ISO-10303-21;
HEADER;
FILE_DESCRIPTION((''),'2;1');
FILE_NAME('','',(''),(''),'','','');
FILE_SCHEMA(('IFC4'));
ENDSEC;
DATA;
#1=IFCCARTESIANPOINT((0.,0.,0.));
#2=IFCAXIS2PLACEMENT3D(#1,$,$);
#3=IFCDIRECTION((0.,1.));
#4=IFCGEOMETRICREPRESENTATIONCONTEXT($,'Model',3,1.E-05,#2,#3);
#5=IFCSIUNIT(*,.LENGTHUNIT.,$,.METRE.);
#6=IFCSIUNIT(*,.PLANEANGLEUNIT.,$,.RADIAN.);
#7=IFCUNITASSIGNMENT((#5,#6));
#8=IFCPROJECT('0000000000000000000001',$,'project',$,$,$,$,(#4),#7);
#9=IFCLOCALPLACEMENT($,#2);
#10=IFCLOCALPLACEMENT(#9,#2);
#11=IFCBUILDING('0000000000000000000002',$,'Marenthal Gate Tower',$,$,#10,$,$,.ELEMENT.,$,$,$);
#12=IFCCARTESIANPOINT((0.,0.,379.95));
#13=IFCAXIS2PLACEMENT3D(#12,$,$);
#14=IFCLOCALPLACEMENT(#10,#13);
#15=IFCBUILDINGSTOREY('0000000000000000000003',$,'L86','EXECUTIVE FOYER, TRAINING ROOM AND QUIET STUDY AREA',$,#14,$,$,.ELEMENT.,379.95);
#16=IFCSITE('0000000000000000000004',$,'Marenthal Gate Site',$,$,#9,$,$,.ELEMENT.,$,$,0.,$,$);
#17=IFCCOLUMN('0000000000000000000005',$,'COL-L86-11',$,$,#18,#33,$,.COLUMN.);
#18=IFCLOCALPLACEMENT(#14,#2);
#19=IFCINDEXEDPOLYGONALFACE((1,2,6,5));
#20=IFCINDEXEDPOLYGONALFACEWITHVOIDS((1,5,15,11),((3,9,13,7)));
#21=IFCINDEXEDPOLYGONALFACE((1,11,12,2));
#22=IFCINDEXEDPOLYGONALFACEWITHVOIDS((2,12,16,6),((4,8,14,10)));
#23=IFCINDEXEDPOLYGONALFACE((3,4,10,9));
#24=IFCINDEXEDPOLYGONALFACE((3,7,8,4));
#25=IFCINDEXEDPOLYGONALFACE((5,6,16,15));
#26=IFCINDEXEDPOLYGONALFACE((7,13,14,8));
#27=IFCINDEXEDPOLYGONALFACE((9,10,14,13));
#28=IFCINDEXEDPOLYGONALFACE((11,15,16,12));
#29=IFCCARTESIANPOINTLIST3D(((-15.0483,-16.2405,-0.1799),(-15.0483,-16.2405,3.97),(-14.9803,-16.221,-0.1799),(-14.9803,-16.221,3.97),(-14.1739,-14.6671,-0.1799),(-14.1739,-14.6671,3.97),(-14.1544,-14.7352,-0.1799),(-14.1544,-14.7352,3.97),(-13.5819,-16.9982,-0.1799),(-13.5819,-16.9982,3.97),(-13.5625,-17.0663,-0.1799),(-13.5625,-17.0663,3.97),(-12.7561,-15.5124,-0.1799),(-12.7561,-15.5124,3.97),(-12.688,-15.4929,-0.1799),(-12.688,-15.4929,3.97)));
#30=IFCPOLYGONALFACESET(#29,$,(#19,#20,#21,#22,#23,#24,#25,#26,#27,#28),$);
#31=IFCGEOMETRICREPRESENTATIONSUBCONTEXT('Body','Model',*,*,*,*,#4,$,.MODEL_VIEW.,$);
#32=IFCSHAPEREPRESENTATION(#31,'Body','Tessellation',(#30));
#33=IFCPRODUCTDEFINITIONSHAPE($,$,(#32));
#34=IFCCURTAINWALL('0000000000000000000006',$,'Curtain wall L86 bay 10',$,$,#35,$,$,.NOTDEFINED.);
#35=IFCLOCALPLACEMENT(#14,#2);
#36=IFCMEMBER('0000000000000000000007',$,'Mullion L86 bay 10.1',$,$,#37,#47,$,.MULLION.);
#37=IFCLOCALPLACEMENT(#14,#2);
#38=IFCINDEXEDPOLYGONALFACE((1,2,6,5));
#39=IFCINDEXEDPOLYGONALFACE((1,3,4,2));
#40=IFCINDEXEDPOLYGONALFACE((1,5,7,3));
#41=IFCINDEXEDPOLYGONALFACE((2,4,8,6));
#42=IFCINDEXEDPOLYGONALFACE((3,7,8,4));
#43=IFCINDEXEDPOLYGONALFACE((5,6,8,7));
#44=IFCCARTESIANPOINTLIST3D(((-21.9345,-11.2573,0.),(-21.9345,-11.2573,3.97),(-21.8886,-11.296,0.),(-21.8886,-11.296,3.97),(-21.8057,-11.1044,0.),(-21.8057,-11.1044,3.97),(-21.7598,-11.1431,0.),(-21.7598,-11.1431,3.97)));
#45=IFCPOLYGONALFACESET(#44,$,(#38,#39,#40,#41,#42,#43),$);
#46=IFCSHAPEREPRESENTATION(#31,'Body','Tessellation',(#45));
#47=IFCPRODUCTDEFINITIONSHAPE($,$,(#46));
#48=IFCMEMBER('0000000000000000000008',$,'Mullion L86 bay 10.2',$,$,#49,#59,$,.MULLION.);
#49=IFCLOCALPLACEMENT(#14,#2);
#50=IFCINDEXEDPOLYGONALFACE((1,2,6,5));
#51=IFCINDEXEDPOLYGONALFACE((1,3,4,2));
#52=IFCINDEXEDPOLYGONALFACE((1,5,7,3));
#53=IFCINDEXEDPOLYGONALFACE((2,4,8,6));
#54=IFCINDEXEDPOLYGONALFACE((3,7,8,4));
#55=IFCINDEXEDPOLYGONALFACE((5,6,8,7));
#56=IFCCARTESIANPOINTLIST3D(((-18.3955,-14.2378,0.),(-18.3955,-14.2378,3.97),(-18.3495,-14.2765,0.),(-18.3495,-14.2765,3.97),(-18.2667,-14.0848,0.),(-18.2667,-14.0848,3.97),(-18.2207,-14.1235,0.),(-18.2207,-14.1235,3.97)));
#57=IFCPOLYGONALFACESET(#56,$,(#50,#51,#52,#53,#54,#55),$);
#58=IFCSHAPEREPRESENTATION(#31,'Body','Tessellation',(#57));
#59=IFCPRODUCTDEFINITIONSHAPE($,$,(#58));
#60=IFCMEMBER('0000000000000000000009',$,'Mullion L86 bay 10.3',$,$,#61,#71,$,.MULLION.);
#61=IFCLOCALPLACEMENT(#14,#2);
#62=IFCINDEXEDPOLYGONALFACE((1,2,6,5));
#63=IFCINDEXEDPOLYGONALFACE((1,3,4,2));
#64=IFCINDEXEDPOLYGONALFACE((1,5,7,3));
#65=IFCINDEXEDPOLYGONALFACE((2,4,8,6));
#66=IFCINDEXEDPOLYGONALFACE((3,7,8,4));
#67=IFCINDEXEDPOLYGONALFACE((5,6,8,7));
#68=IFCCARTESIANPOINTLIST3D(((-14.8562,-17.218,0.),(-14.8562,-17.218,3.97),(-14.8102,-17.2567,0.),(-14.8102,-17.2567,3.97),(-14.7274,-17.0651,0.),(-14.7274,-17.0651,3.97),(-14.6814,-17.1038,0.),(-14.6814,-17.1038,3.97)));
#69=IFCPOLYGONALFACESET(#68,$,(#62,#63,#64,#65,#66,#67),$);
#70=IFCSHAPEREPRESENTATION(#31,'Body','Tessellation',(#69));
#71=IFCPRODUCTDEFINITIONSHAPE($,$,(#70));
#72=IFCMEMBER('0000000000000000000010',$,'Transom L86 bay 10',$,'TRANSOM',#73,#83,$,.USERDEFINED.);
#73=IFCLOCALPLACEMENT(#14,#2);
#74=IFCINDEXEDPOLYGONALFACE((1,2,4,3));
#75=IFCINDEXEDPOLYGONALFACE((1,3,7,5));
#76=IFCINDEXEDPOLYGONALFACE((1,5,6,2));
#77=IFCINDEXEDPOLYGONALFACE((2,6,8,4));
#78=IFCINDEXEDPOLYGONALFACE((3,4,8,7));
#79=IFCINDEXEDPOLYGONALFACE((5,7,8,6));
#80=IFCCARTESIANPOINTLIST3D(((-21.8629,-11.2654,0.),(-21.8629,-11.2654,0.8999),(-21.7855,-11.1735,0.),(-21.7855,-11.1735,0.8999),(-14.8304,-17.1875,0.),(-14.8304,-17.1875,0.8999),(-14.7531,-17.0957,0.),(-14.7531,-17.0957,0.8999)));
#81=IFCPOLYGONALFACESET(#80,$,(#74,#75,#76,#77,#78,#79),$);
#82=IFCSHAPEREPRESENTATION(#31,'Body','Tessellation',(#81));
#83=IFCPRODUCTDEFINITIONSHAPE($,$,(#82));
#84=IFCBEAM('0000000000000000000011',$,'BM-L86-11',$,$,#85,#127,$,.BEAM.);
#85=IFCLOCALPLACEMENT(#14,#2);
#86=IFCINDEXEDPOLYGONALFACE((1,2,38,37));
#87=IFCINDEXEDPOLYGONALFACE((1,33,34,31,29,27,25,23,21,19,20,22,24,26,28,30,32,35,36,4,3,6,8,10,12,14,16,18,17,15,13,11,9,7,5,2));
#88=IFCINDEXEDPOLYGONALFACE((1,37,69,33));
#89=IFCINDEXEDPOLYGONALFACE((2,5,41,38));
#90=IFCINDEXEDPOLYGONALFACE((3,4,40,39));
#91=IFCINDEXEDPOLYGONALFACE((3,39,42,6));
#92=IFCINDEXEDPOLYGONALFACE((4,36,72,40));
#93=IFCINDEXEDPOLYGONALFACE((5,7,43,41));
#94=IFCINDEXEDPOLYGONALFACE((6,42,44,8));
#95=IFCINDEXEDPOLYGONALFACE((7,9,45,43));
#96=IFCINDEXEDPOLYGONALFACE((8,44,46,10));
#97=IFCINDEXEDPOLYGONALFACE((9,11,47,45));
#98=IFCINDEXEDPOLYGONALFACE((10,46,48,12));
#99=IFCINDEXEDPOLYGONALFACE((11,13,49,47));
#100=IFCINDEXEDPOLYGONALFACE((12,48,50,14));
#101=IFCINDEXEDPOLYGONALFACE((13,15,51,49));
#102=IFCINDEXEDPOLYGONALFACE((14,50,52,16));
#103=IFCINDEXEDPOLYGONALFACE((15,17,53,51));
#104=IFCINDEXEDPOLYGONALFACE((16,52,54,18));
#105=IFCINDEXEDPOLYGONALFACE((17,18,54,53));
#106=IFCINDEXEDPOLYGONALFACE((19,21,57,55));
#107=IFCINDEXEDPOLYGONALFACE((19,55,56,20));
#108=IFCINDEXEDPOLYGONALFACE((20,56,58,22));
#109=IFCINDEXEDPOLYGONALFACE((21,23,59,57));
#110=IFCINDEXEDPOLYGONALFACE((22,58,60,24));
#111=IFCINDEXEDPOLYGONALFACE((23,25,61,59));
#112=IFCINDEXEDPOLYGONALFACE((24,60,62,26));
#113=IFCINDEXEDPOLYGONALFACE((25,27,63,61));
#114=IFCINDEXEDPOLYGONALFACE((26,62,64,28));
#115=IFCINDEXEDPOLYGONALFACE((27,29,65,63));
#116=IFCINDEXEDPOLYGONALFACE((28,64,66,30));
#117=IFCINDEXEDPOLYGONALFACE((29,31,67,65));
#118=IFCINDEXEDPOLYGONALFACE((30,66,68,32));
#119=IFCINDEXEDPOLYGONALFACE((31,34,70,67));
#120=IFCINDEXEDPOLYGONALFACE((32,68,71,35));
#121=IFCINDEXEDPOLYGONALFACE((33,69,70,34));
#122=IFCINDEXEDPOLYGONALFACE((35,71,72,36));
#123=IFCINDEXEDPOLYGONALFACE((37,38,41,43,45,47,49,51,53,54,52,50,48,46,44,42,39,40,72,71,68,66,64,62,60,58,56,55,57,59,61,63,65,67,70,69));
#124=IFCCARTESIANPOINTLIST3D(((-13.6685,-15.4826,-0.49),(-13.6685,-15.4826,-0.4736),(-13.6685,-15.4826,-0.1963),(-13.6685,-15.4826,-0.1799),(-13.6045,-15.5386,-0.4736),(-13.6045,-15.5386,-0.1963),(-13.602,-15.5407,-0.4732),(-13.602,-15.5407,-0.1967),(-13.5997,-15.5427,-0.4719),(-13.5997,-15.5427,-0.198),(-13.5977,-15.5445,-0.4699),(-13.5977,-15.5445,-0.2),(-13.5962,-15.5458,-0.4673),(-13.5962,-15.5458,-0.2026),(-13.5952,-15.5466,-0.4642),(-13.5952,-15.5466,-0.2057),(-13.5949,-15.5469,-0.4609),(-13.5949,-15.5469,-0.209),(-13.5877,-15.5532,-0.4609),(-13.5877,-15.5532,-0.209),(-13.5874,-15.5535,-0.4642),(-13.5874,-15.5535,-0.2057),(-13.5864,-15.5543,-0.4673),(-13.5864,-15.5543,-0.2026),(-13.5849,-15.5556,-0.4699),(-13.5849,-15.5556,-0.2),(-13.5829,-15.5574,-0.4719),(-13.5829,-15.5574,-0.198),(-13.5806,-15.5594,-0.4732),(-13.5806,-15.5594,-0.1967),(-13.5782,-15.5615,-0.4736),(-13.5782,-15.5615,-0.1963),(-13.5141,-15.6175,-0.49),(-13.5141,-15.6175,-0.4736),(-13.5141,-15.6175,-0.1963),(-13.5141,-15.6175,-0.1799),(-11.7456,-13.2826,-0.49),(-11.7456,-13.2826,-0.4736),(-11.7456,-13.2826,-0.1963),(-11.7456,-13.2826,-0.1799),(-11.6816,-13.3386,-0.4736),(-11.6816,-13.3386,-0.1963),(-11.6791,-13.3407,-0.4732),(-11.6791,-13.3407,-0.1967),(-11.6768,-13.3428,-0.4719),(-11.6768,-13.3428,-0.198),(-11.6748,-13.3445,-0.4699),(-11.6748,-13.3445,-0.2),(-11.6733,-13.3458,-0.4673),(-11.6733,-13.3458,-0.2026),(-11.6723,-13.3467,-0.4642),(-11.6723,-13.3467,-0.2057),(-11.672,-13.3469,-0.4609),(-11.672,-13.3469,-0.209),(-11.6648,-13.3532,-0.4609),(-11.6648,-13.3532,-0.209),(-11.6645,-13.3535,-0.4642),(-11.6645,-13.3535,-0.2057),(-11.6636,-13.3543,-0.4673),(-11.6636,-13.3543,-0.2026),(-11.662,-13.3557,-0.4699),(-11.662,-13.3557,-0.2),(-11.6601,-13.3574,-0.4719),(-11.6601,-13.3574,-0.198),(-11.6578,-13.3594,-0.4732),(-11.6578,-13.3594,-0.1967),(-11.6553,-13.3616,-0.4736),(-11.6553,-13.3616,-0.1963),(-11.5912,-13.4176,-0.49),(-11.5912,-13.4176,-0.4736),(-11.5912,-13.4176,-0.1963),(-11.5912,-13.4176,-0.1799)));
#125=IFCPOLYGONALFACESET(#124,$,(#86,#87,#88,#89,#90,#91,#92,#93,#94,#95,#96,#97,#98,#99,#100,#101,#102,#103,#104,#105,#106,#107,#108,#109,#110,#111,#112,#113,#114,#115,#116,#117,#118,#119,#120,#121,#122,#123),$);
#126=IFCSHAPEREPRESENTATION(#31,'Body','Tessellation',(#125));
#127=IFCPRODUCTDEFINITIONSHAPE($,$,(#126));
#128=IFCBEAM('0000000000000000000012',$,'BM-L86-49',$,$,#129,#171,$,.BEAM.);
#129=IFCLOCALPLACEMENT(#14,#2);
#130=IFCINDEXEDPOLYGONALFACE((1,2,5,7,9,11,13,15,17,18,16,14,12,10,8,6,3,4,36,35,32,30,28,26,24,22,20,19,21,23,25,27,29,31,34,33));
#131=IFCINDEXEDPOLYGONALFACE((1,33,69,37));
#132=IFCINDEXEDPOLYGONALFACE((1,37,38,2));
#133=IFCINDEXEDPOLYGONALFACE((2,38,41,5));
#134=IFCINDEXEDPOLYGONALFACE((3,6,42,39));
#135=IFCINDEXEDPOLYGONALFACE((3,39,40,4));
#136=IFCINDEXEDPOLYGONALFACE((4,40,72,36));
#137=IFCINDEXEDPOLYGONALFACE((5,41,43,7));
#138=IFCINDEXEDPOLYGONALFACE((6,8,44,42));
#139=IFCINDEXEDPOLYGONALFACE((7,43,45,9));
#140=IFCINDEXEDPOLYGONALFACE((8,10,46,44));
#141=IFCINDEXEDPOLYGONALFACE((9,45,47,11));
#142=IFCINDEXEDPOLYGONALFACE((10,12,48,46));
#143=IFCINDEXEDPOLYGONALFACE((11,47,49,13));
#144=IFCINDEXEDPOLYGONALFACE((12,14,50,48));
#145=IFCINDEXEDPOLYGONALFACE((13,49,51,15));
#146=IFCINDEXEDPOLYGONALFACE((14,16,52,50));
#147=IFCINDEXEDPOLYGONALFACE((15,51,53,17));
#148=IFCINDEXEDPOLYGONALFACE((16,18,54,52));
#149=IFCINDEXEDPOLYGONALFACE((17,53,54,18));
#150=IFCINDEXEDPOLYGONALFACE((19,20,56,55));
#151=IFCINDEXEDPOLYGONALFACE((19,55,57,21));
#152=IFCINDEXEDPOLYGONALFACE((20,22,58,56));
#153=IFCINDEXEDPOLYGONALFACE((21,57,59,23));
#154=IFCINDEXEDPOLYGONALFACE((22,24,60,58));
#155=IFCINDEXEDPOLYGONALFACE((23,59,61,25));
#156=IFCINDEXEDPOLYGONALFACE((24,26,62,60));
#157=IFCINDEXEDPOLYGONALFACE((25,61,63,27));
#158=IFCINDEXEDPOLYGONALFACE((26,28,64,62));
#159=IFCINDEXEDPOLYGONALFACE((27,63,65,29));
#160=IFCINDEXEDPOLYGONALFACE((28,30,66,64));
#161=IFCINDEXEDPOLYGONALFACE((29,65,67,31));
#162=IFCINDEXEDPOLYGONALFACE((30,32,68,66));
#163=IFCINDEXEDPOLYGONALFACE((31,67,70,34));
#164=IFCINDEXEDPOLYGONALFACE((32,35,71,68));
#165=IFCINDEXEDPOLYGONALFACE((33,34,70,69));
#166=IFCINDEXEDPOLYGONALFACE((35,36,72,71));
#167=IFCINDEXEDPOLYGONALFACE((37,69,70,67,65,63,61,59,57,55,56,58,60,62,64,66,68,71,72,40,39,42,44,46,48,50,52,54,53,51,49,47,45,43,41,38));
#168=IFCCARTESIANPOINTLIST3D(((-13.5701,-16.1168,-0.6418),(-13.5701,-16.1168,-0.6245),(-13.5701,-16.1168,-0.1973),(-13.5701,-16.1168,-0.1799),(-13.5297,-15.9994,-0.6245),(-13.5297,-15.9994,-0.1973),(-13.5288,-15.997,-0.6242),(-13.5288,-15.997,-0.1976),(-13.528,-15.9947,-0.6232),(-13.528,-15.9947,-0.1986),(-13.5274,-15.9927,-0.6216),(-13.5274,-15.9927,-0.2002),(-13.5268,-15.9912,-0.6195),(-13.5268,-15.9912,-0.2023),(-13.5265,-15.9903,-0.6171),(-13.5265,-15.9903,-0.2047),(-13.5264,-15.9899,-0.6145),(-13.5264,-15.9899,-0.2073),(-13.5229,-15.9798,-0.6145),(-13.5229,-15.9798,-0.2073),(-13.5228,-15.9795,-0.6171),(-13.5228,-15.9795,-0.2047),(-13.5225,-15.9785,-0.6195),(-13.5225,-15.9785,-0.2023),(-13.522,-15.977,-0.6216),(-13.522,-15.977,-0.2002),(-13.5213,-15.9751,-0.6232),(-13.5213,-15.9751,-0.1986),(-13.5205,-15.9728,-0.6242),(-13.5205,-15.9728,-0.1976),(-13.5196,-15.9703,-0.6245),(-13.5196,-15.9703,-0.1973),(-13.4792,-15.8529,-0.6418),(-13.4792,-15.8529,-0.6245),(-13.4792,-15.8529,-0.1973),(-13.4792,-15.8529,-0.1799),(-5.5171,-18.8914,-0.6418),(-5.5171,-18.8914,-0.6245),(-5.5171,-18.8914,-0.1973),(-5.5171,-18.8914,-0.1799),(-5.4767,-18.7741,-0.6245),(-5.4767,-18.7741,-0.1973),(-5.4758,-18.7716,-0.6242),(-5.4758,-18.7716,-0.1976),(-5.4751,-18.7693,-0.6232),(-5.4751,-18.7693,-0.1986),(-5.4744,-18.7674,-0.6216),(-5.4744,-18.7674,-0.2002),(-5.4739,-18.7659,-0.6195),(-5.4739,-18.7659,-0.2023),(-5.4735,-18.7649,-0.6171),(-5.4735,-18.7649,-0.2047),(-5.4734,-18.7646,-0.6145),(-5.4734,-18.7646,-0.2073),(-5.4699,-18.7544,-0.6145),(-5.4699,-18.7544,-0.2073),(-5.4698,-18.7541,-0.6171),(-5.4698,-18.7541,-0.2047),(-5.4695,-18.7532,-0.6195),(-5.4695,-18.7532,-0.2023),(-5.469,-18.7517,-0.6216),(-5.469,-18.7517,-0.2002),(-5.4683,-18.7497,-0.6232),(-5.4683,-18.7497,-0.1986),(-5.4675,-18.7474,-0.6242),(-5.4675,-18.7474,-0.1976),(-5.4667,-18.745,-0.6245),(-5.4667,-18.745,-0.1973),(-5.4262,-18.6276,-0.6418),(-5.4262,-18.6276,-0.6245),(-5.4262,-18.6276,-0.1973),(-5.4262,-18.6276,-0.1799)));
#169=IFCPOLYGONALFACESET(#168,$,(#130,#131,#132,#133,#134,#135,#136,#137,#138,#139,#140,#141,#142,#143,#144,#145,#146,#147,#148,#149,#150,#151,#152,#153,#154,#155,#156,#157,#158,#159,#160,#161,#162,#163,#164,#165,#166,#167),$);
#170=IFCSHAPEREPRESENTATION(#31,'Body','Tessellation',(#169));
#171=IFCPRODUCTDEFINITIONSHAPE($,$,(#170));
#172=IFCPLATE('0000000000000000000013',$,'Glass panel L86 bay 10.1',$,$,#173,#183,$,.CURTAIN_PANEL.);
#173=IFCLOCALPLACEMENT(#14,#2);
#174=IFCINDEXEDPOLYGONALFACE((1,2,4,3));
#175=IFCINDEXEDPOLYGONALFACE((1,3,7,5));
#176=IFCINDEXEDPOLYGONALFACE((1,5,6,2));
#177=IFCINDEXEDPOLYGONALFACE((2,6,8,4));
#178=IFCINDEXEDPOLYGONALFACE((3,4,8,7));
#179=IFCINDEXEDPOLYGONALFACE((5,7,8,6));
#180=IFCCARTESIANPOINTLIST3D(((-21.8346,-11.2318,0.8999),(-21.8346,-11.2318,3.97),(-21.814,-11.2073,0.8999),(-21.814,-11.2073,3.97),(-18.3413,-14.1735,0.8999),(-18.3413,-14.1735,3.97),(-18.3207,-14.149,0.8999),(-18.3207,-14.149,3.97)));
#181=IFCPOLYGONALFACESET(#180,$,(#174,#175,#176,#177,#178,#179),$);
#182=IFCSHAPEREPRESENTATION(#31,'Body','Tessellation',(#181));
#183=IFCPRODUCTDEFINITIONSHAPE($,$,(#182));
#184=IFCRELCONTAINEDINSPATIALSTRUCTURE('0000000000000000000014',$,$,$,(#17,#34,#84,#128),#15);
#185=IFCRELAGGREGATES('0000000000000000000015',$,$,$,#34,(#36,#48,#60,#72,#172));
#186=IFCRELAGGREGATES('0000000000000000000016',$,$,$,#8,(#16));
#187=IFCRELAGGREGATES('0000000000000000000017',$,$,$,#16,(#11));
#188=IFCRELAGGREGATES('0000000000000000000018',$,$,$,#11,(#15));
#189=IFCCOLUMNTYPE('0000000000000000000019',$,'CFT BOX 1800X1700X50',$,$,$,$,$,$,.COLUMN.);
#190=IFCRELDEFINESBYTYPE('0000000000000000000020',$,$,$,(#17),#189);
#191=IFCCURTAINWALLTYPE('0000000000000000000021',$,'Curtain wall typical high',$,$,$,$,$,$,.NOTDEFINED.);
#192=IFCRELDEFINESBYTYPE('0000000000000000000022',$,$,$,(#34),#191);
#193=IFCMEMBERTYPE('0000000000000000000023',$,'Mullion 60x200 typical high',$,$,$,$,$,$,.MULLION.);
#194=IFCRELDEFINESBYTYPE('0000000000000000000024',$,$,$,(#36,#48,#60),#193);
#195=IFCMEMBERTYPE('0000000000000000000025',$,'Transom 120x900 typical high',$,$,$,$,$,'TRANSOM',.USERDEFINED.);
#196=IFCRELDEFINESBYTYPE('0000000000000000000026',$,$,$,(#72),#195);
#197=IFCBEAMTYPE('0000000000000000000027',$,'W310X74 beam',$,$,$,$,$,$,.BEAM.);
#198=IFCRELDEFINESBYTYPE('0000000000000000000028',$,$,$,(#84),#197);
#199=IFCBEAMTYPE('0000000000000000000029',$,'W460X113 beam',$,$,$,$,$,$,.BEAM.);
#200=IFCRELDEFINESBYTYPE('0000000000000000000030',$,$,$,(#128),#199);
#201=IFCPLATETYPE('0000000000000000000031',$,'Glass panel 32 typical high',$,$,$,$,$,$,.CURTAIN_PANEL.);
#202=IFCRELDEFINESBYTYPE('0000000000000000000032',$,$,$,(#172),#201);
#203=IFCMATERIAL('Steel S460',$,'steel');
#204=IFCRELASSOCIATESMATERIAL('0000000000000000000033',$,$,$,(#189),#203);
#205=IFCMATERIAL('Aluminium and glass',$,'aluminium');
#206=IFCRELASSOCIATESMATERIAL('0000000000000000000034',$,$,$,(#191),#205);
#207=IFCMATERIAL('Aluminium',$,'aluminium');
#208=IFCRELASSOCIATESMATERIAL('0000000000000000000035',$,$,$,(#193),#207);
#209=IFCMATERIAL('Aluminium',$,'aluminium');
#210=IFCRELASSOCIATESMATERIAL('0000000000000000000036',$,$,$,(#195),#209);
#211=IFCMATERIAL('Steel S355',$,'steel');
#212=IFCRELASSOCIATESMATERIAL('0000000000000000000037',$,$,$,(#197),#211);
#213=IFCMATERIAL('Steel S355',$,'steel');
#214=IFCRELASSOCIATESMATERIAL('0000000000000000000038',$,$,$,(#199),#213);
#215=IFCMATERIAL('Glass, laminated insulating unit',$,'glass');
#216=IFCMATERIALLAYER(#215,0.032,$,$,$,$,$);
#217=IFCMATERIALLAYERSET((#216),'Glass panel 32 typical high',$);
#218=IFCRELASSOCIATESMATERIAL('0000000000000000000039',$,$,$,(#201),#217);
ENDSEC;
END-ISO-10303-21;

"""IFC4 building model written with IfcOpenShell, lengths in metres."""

from ifc_helpers import new_model, si_unit, direction, frame, origin, origin_2d, place, context, subcontext, project, spatial, rectangle, hollow_rectangle, i_section, extrude, material, layer, layer_set, material_profile, profile_set, type_object, element, aggregate, save


model = new_model("IFC4")

# Units and contexts
model_context = context("Model", 3, precision=1e-05, world=origin(), true_north=direction((0.0, 1.0)))
body_context = subcontext(model_context, "Body", "Model", "MODEL_VIEW")
ifc_project = project(units=[si_unit("LENGTHUNIT", "METRE"), si_unit("PLANEANGLEUNIT", "RADIAN")], contexts=[model_context])

# Site, building, storey
site_placement = place(None, origin())
site = spatial("IfcSite", under=ifc_project, at=site_placement, Name="Marenthal Gate Site", CompositionType="ELEMENT", RefElevation=0.0)
building_placement = place(site_placement, origin())
building = spatial("IfcBuilding", under=site, at=building_placement, Name="Marenthal Gate Tower", CompositionType="ELEMENT")
storey_placement = place(building_placement, frame((0.0, 0.0, 379.95)))
storey = spatial("IfcBuildingStorey", under=building, at=storey_placement, Name="L86", Description="EXECUTIVE FOYER, TRAINING ROOM AND QUIET STUDY AREA", CompositionType="ELEMENT", Elevation=379.95)

# Column
ifc_material_1 = material(Name="Steel S460", Category="steel")
ifc_material_profile_1 = material_profile(ifc_material_1, hollow_rectangle(XDim=1.7, YDim=1.8, WallThickness=0.05, at=origin_2d()), Name="CFT BOX 1800X1700X50")
ifc_material_2 = material(Name="Concrete 70 MPa", Category="concrete")
ifc_material_profile_2 = material_profile(ifc_material_2, rectangle(XDim=1.6001, YDim=1.7, at=origin_2d()), Name="CFT BOX 1800X1700X50 INFILL")
ifc_profile_set_1 = profile_set([ifc_material_profile_1, ifc_material_profile_2], Name="Steel S460 shell, Concrete 70 MPa infill")
column_type = type_object("IfcColumnType", Name="CFT BOX 1800X1700X50", PredefinedType="COLUMN", material=ifc_profile_set_1)
column_placement = place(storey_placement, frame((-13.8682, -15.8667, -0.1799), z_axis=(0.0, 0.0, 1.0), x_axis=(-0.874065, 0.485809, 0.0)))
element("IfcColumn", 1, at=column_placement, inside=storey, type_object=column_type, Name="COL-L86-11", PredefinedType="COLUMN", context=body_context, shape_type="SweptSolid", body=[
    extrude(hollow_rectangle(XDim=1.7, YDim=1.8, WallThickness=0.05, at=origin_2d()), origin(), (0.0, 0.0, 1.0), 4.1499),
])

# Curtain wall, members
ifc_material_3 = material(Name="Aluminium and glass", Category="aluminium")
curtain_wall_type = type_object("IfcCurtainWallType", Name="Curtain wall typical high", PredefinedType="NOTDEFINED", material=ifc_material_3)
curtain_wall_placement = place(storey_placement, origin())
curtain_wall = element("IfcCurtainWall", 2, at=curtain_wall_placement, inside=storey, type_object=curtain_wall_type, Name="Curtain wall L86 bay 10", PredefinedType="NOTDEFINED")
ifc_material_4 = material(Name="Aluminium", Category="aluminium")
ifc_material_profile_3 = material_profile(ifc_material_4, rectangle(XDim=0.2, YDim=0.0601, at=origin_2d()), Name="60x200 aluminium mullion")
ifc_profile_set_2 = profile_set([ifc_material_profile_3], Name="Aluminium")
member_type_1 = type_object("IfcMemberType", Name="Mullion 60x200 typical high", PredefinedType="MULLION", material=ifc_profile_set_2)
member_1_placement = place(storey_placement, frame((-21.8472, -11.2002, 0.0), z_axis=(0.0, 0.0, 1.0), x_axis=(0.644135, 0.764912, 0.0)))
member_1 = element("IfcMember", 3, at=member_1_placement, type_object=member_type_1, Name="Mullion L86 bay 10.1", PredefinedType="MULLION", context=body_context, shape_type="SweptSolid", body=[
    extrude(rectangle(XDim=0.2, YDim=0.0601, at=origin_2d()), origin(), (0.0, 0.0, 1.0), 3.97),
])
member_2_placement = place(storey_placement, frame((-18.3081, -14.1807, 0.0), z_axis=(0.0, 0.0, 1.0), x_axis=(0.644135, 0.764912, 0.0)))
member_2 = element("IfcMember", 4, at=member_2_placement, type_object=member_type_1, Name="Mullion L86 bay 10.2", PredefinedType="MULLION", context=body_context, shape_type="SweptSolid", body=[
    extrude(rectangle(XDim=0.2, YDim=0.0601, at=origin_2d()), origin(), (0.0, 0.0, 1.0), 3.97),
])
member_3_placement = place(storey_placement, frame((-14.7688, -17.1609, 0.0), z_axis=(0.0, 0.0, 1.0), x_axis=(0.644135, 0.764912, 0.0)))
member_3 = element("IfcMember", 5, at=member_3_placement, type_object=member_type_1, Name="Mullion L86 bay 10.3", PredefinedType="MULLION", context=body_context, shape_type="SweptSolid", body=[
    extrude(rectangle(XDim=0.2, YDim=0.0601, at=origin_2d()), origin(), (0.0, 0.0, 1.0), 3.97),
])
ifc_material_5 = material(Name="Aluminium", Category="aluminium")
ifc_material_profile_4 = material_profile(ifc_material_5, rectangle(XDim=0.1201, YDim=0.8999, at=origin_2d()), Name="120x900 aluminium transom")
ifc_profile_set_3 = profile_set([ifc_material_profile_4], Name="Aluminium")
member_type_2 = type_object("IfcMemberType", Name="Transom 120x900 typical high", ElementType="TRANSOM", PredefinedType="USERDEFINED", material=ifc_profile_set_3)
member_4_placement = place(storey_placement, frame((-21.8242, -11.2195, 0.45), z_axis=(0.764909, -0.644138, 0.0), x_axis=(0.644138, 0.764909, 0.0)))
member_4 = element("IfcMember", 6, at=member_4_placement, type_object=member_type_2, Name="Transom L86 bay 10", ObjectType="TRANSOM", PredefinedType="USERDEFINED", context=body_context, shape_type="SweptSolid", body=[
    extrude(rectangle(XDim=0.1201, YDim=0.8999, at=origin_2d()), origin(), (0.0, 0.0, 1.0), 9.1938),
])

# Beams
ifc_material_6 = material(Name="Steel S355", Category="steel")
ifc_material_profile_5 = material_profile(ifc_material_6, i_section(OverallWidth=0.2051, OverallDepth=0.3101, WebThickness=0.0095, FlangeThickness=0.0164, FilletRadius=0.0127, at=origin_2d()), Name="W310X74")
ifc_profile_set_4 = profile_set([ifc_material_profile_5], Name="Steel S355")
beam_type_1 = type_object("IfcBeamType", Name="W310X74 beam", PredefinedType="BEAM", material=ifc_profile_set_4)
beam_1_placement = place(storey_placement, frame((-13.5913, -15.55, -0.335), z_axis=(0.658096, 0.752934, 0.0), x_axis=(-0.752934, 0.658096, 0.0)))
element("IfcBeam", 7, at=beam_1_placement, inside=storey, type_object=beam_type_1, Name="BM-L86-11", PredefinedType="BEAM", context=body_context, shape_type="SweptSolid", body=[
    extrude(i_section(OverallWidth=0.2051, OverallDepth=0.3101, WebThickness=0.0095, FlangeThickness=0.0164, FilletRadius=0.0127, at=origin_2d()), origin(), (0.0, 0.0, 1.0), 2.9219),
])
ifc_material_7 = material(Name="Steel S355", Category="steel")
ifc_material_profile_6 = material_profile(ifc_material_7, i_section(OverallWidth=0.2791, OverallDepth=0.4619, WebThickness=0.0107, FlangeThickness=0.0173, FilletRadius=0.01, at=origin_2d()), Name="W460X113")
ifc_profile_set_5 = profile_set([ifc_material_profile_6], Name="Steel S355")
beam_type_2 = type_object("IfcBeamType", Name="W460X113 beam", PredefinedType="BEAM", material=ifc_profile_set_5)
beam_2_placement = place(storey_placement, frame((-13.5247, -15.9849, -0.4109), z_axis=(0.945454, -0.325757, 0.0), x_axis=(0.325757, 0.945454, 0.0)))
element("IfcBeam", 8, at=beam_2_placement, inside=storey, type_object=beam_type_2, Name="BM-L86-49", PredefinedType="BEAM", context=body_context, shape_type="SweptSolid", body=[
    extrude(i_section(OverallWidth=0.2791, OverallDepth=0.4619, WebThickness=0.0107, FlangeThickness=0.0173, FilletRadius=0.01, at=origin_2d()), origin(), (0.0, 0.0, 1.0), 8.5176),
])

# Plate
ifc_material_8 = material(Name="Glass, laminated insulating unit", Category="glass")
ifc_layer_1 = layer(ifc_material_8, 0.032)
ifc_layer_set_1 = layer_set([ifc_layer_1], Name="Glass panel 32 typical high")
plate_type = type_object("IfcPlateType", Name="Glass panel 32 typical high", PredefinedType="CURTAIN_PANEL", material=ifc_layer_set_1)
plate_1_placement = place(storey_placement, frame((-20.0776, -12.6904, 0.8999), z_axis=(0.0, 0.0, 1.0), x_axis=(0.764912, -0.644135, 0.0)))
plate_1 = element("IfcPlate", 9, at=plate_1_placement, type_object=plate_type, Name="Glass panel L86 bay 10.1", PredefinedType="CURTAIN_PANEL", context=body_context, shape_type="SweptSolid", body=[
    extrude(rectangle(XDim=4.5669, YDim=0.032, at=origin_2d()), origin(), (0.0, 0.0, 1.0), 3.0701),
])
aggregate(curtain_wall, [member_1, member_2, member_3, member_4, plate_1])

save(model, "model.ifc")
